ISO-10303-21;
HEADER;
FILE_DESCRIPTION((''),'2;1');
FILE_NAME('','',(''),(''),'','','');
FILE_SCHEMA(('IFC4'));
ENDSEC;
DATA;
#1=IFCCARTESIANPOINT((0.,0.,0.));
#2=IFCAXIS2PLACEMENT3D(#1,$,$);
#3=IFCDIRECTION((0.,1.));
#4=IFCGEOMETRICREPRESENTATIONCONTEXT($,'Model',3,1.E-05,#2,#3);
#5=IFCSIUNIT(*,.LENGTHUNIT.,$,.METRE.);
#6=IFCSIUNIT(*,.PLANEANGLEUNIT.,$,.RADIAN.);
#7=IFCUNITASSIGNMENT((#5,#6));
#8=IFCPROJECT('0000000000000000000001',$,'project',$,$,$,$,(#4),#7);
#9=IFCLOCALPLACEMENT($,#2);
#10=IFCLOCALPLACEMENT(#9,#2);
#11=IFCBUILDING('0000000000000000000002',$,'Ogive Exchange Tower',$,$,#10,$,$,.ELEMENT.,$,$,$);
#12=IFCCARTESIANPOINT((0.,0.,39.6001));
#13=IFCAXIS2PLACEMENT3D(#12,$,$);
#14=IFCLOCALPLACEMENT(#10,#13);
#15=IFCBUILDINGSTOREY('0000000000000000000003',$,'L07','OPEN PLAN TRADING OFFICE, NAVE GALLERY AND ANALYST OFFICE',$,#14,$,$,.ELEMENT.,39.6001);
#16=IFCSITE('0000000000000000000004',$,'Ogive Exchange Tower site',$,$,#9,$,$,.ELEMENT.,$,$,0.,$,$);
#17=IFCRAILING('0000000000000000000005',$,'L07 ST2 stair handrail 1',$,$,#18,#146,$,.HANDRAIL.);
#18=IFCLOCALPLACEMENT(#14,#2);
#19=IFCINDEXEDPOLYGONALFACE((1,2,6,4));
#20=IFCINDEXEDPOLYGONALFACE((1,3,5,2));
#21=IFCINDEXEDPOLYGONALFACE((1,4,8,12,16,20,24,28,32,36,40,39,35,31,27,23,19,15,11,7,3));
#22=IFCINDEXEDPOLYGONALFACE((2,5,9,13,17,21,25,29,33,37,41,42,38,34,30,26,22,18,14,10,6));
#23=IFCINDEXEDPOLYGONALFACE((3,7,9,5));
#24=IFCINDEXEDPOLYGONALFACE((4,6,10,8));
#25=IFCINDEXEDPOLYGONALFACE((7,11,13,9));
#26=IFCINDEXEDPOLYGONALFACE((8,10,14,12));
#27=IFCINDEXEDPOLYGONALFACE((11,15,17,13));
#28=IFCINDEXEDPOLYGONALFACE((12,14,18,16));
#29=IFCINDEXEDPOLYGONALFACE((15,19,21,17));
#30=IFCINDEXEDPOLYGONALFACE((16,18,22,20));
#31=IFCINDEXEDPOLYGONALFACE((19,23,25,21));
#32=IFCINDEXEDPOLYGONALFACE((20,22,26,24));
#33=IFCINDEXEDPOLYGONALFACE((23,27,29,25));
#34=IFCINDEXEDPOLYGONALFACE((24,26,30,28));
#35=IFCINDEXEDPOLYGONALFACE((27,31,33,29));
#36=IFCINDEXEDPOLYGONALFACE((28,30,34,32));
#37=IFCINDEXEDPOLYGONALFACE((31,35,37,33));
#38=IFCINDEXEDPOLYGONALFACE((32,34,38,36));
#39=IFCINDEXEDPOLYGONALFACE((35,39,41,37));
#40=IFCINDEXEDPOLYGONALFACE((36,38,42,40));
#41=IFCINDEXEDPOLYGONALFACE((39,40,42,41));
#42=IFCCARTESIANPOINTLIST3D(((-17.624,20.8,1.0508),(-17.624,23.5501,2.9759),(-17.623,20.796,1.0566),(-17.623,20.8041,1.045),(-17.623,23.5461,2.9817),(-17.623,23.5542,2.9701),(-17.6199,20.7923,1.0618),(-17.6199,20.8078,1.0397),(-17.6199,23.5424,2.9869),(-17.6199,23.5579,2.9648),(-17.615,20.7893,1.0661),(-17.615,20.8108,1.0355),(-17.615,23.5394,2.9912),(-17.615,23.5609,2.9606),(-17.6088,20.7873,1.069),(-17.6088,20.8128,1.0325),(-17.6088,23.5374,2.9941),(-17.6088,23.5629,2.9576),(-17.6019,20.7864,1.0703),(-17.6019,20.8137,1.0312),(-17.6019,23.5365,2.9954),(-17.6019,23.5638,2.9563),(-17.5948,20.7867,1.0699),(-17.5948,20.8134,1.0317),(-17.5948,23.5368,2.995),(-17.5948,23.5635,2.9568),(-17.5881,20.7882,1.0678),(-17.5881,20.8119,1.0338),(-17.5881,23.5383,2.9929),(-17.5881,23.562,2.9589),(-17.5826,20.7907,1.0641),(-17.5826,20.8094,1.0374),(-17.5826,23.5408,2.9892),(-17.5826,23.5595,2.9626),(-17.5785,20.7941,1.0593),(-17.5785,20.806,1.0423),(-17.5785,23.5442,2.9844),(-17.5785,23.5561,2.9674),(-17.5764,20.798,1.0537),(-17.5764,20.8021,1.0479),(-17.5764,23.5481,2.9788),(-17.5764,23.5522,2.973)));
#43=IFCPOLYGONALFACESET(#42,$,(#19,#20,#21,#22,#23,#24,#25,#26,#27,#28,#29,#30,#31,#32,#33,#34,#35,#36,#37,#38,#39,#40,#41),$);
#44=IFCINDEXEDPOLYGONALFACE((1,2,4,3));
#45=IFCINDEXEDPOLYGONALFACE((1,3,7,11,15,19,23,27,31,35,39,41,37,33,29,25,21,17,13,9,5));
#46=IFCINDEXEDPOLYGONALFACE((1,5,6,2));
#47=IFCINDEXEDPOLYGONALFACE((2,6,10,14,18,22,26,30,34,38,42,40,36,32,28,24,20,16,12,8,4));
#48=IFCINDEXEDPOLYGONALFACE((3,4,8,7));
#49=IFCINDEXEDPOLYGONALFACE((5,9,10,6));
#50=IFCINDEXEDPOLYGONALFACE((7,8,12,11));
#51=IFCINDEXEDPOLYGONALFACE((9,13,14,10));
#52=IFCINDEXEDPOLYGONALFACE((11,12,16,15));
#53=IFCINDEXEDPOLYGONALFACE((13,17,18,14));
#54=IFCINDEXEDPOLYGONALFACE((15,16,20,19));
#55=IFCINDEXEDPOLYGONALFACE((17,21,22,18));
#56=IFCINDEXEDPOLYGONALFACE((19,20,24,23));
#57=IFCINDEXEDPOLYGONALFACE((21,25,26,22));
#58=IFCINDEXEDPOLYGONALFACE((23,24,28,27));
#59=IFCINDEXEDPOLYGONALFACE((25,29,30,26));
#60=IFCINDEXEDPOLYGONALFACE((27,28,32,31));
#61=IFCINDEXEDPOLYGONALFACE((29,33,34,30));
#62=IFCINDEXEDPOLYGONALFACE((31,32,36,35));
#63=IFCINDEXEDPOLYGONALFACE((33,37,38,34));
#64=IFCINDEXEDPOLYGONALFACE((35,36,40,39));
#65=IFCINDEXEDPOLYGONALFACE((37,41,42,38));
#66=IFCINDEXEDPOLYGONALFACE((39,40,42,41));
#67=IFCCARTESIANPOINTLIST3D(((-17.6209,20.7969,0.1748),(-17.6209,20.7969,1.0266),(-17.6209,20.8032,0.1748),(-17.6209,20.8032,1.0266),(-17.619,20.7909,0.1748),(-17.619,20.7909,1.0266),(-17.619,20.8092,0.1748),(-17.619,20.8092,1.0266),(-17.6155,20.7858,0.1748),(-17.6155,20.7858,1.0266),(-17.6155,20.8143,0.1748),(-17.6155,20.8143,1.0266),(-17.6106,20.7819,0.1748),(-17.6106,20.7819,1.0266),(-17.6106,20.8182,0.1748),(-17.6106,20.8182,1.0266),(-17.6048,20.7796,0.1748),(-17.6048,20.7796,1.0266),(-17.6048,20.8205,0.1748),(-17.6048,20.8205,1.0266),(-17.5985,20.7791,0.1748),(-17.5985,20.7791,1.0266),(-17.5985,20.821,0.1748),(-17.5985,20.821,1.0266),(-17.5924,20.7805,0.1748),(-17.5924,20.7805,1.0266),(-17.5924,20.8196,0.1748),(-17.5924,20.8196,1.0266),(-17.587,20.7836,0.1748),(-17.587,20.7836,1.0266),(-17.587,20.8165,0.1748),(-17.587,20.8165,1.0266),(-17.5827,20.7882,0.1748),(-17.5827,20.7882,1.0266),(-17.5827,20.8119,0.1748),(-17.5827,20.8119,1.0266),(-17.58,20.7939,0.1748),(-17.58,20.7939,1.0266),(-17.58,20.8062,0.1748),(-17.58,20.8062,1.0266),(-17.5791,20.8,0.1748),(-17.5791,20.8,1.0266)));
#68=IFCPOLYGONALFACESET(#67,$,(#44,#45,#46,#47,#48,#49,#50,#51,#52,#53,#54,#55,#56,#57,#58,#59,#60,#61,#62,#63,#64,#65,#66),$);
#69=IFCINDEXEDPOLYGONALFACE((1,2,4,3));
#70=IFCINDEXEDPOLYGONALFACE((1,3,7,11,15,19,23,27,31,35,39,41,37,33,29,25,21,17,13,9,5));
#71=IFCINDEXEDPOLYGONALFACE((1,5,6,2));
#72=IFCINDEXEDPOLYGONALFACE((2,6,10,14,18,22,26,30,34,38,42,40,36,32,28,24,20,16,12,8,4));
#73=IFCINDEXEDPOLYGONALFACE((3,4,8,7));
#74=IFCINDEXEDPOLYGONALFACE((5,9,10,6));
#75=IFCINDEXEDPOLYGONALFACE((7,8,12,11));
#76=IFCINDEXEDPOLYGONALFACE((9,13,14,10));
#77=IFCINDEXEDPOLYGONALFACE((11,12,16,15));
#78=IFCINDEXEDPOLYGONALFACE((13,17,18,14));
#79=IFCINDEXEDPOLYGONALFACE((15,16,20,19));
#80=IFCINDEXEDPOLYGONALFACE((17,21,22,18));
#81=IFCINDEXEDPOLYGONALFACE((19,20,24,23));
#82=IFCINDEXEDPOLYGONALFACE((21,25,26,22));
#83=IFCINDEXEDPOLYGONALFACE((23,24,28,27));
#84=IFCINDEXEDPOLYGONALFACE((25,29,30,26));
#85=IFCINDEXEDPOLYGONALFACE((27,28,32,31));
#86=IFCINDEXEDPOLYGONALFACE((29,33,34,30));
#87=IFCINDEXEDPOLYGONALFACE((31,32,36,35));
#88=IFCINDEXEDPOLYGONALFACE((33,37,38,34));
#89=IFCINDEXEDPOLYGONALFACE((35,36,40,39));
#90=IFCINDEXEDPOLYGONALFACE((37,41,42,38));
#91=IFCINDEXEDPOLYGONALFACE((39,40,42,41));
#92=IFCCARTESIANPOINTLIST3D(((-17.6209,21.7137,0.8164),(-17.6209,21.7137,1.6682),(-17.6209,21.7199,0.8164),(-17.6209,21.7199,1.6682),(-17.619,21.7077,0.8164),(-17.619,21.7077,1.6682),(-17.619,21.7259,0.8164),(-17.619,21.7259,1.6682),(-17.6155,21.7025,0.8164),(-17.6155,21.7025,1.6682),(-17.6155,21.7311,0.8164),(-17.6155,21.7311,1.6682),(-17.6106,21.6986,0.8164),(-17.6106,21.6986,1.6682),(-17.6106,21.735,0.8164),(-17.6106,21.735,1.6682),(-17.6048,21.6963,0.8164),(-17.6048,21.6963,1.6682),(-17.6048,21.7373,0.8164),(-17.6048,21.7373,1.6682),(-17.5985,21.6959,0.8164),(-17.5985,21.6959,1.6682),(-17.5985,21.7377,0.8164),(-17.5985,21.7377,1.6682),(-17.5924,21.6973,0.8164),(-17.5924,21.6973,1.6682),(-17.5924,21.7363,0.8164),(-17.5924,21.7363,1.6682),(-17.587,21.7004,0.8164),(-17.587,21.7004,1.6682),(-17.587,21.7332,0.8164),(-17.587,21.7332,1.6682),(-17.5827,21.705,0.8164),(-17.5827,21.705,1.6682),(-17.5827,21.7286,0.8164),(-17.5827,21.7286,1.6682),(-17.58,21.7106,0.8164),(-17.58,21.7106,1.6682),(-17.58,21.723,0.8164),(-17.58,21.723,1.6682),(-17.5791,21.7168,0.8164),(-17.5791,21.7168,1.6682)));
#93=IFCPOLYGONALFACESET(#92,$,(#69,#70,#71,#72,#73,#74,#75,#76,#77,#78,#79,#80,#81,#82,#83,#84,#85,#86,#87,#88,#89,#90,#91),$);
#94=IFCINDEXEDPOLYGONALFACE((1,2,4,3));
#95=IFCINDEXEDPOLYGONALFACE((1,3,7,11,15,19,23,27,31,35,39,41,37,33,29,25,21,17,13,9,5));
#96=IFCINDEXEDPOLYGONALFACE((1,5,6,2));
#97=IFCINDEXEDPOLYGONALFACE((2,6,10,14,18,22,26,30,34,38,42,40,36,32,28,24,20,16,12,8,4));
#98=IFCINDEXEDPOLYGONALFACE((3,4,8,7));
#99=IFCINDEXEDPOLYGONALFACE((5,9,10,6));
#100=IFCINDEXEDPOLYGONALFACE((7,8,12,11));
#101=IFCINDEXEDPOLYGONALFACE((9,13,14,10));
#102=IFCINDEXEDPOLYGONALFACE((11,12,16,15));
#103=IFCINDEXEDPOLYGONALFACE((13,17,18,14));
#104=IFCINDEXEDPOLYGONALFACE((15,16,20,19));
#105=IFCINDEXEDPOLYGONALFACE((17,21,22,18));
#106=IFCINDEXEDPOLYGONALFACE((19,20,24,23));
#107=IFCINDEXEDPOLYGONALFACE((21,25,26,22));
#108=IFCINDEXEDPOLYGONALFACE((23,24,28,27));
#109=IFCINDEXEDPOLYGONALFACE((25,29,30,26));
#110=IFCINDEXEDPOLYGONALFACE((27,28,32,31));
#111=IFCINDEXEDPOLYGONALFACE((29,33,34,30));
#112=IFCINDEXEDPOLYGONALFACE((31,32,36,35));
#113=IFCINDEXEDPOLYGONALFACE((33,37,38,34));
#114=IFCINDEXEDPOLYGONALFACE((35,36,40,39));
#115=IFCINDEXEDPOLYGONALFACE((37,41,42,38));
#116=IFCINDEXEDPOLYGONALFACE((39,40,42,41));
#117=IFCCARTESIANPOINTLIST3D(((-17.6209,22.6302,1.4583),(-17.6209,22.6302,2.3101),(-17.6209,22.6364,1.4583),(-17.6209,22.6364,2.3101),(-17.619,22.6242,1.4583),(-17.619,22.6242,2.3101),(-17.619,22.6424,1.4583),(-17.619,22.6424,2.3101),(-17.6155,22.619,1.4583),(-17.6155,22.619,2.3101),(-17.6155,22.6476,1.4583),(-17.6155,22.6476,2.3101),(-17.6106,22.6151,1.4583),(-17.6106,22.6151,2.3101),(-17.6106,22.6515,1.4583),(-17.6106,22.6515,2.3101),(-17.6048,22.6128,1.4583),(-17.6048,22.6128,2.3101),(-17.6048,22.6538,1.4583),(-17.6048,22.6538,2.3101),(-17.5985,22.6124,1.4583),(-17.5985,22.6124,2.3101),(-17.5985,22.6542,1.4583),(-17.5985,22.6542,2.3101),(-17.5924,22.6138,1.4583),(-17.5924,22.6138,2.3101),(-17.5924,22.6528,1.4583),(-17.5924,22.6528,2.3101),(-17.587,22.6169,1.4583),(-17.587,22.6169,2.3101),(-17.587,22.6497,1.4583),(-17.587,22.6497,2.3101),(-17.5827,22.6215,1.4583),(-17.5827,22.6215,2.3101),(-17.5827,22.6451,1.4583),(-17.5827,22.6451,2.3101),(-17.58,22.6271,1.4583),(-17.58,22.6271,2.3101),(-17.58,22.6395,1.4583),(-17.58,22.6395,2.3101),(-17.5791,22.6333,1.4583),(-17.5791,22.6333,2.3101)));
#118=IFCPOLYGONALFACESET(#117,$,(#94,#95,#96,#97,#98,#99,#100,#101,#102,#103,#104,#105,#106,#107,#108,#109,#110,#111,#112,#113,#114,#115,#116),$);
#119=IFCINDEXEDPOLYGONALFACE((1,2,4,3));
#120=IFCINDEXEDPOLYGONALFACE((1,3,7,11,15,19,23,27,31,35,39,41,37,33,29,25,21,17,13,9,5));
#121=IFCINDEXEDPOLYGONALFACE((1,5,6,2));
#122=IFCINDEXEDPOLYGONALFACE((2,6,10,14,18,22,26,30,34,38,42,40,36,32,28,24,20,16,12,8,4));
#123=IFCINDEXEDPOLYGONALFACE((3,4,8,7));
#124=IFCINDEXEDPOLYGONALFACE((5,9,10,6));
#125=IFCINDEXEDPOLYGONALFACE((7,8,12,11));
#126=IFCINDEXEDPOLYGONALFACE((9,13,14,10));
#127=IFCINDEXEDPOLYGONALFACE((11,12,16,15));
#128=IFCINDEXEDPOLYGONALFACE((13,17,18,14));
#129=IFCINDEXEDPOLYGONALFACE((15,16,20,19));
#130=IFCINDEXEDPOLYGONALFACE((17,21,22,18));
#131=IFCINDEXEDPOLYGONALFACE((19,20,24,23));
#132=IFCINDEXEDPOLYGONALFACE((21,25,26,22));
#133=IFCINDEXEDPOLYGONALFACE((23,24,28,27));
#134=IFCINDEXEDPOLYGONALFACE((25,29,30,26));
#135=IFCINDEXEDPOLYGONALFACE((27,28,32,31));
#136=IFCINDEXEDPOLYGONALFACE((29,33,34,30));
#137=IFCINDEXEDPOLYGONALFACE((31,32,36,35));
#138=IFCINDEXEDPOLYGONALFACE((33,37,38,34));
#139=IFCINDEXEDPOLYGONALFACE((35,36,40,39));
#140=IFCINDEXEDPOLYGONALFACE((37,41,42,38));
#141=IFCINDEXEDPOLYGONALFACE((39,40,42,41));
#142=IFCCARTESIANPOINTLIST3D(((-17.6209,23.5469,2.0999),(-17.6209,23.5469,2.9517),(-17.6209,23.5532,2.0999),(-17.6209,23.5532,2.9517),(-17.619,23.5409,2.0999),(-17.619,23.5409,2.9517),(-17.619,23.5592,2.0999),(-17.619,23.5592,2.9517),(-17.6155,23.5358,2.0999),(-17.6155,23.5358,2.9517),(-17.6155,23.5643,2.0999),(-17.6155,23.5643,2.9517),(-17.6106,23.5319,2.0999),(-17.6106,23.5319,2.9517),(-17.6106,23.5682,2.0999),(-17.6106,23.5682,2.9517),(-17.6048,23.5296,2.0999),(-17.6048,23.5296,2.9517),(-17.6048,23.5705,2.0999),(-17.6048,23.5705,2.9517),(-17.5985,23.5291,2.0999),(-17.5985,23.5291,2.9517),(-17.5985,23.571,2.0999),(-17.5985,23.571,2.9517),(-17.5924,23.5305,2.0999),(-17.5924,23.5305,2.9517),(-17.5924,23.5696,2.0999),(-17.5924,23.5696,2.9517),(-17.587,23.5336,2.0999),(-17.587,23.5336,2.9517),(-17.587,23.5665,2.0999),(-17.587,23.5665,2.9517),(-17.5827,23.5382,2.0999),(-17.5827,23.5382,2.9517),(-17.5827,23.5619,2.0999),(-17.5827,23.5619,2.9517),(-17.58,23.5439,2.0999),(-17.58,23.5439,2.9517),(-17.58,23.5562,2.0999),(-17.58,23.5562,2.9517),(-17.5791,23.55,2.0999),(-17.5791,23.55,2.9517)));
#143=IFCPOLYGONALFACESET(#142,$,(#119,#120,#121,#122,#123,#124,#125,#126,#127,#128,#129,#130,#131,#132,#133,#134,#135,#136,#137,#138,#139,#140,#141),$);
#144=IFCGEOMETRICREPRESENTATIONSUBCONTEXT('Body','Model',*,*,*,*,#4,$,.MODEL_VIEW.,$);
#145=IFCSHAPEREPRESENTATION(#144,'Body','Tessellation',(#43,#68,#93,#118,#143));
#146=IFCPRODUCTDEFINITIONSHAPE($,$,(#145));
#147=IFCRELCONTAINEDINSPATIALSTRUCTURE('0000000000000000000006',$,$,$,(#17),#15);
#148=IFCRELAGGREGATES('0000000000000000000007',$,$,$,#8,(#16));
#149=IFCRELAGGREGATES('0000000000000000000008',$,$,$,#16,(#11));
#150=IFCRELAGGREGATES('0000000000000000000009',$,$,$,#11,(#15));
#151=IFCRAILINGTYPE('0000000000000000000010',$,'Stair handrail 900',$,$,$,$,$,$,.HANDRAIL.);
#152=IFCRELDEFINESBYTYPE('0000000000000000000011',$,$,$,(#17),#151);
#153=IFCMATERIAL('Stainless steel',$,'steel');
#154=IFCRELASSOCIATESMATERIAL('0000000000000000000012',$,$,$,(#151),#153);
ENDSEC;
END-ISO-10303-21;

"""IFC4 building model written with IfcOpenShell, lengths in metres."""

from ifc_helpers import new_model, si_unit, direction, frame, origin, origin_2d, place, context, subcontext, project, spatial, circle, extrude, material, type_object, element, save


model = new_model("IFC4")

# Units and contexts
model_context = context("Model", 3, precision=1e-05, world=origin(), true_north=direction((0.0, 1.0)))
body_context = subcontext(model_context, "Body", "Model", "MODEL_VIEW")
ifc_project = project(units=[si_unit("LENGTHUNIT", "METRE"), si_unit("PLANEANGLEUNIT", "RADIAN")], contexts=[model_context])

# Site, building, storey
site_placement = place(None, origin())
site = spatial("IfcSite", under=ifc_project, at=site_placement, Name="Ogive Exchange Tower site", CompositionType="ELEMENT", RefElevation=0.0)
building_placement = place(site_placement, origin())
building = spatial("IfcBuilding", under=site, at=building_placement, Name="Ogive Exchange Tower", CompositionType="ELEMENT")
storey_placement = place(building_placement, frame((0.0, 0.0, 39.6001)))
storey = spatial("IfcBuildingStorey", under=building, at=storey_placement, Name="L07", Description="OPEN PLAN TRADING OFFICE, NAVE GALLERY AND ANALYST OFFICE", CompositionType="ELEMENT", Elevation=39.6001)

# Railing
ifc_material_1 = material(Name="Stainless steel", Category="steel")
railing_type = type_object("IfcRailingType", Name="Stair handrail 900", PredefinedType="HANDRAIL", material=ifc_material_1)
railing_1_placement = place(storey_placement, frame((-17.6001, 20.8, 0.1748)))
element("IfcRailing", 1, at=railing_1_placement, inside=storey, type_object=railing_type, Name="L07 ST2 stair handrail 1", PredefinedType="HANDRAIL", context=body_context, shape_type="SweptSolid", body=[
    extrude(circle(Radius=0.0239, at=origin_2d()), frame((0.0, 0.0, 0.876), z_axis=(0.0, 0.819225, 0.573472), x_axis=(-1.0, 0.0, 0.0)), (0.0, 0.0, 1.0), 3.3569),
    extrude(circle(Radius=0.021, at=origin_2d()), origin(), (0.0, 0.0, 1.0), 0.8518),
    extrude(circle(Radius=0.021, at=origin_2d()), frame((0.0, 0.9167, 0.6416)), (0.0, 0.0, 1.0), 0.8518),
    extrude(circle(Radius=0.021, at=origin_2d()), frame((0.0, 1.8333, 1.2834)), (0.0, 0.0, 1.0), 0.8518),
    extrude(circle(Radius=0.021, at=origin_2d()), frame((0.0, 2.75, 1.925)), (0.0, 0.0, 1.0), 0.8518),
])

save(model, "model.ifc")
